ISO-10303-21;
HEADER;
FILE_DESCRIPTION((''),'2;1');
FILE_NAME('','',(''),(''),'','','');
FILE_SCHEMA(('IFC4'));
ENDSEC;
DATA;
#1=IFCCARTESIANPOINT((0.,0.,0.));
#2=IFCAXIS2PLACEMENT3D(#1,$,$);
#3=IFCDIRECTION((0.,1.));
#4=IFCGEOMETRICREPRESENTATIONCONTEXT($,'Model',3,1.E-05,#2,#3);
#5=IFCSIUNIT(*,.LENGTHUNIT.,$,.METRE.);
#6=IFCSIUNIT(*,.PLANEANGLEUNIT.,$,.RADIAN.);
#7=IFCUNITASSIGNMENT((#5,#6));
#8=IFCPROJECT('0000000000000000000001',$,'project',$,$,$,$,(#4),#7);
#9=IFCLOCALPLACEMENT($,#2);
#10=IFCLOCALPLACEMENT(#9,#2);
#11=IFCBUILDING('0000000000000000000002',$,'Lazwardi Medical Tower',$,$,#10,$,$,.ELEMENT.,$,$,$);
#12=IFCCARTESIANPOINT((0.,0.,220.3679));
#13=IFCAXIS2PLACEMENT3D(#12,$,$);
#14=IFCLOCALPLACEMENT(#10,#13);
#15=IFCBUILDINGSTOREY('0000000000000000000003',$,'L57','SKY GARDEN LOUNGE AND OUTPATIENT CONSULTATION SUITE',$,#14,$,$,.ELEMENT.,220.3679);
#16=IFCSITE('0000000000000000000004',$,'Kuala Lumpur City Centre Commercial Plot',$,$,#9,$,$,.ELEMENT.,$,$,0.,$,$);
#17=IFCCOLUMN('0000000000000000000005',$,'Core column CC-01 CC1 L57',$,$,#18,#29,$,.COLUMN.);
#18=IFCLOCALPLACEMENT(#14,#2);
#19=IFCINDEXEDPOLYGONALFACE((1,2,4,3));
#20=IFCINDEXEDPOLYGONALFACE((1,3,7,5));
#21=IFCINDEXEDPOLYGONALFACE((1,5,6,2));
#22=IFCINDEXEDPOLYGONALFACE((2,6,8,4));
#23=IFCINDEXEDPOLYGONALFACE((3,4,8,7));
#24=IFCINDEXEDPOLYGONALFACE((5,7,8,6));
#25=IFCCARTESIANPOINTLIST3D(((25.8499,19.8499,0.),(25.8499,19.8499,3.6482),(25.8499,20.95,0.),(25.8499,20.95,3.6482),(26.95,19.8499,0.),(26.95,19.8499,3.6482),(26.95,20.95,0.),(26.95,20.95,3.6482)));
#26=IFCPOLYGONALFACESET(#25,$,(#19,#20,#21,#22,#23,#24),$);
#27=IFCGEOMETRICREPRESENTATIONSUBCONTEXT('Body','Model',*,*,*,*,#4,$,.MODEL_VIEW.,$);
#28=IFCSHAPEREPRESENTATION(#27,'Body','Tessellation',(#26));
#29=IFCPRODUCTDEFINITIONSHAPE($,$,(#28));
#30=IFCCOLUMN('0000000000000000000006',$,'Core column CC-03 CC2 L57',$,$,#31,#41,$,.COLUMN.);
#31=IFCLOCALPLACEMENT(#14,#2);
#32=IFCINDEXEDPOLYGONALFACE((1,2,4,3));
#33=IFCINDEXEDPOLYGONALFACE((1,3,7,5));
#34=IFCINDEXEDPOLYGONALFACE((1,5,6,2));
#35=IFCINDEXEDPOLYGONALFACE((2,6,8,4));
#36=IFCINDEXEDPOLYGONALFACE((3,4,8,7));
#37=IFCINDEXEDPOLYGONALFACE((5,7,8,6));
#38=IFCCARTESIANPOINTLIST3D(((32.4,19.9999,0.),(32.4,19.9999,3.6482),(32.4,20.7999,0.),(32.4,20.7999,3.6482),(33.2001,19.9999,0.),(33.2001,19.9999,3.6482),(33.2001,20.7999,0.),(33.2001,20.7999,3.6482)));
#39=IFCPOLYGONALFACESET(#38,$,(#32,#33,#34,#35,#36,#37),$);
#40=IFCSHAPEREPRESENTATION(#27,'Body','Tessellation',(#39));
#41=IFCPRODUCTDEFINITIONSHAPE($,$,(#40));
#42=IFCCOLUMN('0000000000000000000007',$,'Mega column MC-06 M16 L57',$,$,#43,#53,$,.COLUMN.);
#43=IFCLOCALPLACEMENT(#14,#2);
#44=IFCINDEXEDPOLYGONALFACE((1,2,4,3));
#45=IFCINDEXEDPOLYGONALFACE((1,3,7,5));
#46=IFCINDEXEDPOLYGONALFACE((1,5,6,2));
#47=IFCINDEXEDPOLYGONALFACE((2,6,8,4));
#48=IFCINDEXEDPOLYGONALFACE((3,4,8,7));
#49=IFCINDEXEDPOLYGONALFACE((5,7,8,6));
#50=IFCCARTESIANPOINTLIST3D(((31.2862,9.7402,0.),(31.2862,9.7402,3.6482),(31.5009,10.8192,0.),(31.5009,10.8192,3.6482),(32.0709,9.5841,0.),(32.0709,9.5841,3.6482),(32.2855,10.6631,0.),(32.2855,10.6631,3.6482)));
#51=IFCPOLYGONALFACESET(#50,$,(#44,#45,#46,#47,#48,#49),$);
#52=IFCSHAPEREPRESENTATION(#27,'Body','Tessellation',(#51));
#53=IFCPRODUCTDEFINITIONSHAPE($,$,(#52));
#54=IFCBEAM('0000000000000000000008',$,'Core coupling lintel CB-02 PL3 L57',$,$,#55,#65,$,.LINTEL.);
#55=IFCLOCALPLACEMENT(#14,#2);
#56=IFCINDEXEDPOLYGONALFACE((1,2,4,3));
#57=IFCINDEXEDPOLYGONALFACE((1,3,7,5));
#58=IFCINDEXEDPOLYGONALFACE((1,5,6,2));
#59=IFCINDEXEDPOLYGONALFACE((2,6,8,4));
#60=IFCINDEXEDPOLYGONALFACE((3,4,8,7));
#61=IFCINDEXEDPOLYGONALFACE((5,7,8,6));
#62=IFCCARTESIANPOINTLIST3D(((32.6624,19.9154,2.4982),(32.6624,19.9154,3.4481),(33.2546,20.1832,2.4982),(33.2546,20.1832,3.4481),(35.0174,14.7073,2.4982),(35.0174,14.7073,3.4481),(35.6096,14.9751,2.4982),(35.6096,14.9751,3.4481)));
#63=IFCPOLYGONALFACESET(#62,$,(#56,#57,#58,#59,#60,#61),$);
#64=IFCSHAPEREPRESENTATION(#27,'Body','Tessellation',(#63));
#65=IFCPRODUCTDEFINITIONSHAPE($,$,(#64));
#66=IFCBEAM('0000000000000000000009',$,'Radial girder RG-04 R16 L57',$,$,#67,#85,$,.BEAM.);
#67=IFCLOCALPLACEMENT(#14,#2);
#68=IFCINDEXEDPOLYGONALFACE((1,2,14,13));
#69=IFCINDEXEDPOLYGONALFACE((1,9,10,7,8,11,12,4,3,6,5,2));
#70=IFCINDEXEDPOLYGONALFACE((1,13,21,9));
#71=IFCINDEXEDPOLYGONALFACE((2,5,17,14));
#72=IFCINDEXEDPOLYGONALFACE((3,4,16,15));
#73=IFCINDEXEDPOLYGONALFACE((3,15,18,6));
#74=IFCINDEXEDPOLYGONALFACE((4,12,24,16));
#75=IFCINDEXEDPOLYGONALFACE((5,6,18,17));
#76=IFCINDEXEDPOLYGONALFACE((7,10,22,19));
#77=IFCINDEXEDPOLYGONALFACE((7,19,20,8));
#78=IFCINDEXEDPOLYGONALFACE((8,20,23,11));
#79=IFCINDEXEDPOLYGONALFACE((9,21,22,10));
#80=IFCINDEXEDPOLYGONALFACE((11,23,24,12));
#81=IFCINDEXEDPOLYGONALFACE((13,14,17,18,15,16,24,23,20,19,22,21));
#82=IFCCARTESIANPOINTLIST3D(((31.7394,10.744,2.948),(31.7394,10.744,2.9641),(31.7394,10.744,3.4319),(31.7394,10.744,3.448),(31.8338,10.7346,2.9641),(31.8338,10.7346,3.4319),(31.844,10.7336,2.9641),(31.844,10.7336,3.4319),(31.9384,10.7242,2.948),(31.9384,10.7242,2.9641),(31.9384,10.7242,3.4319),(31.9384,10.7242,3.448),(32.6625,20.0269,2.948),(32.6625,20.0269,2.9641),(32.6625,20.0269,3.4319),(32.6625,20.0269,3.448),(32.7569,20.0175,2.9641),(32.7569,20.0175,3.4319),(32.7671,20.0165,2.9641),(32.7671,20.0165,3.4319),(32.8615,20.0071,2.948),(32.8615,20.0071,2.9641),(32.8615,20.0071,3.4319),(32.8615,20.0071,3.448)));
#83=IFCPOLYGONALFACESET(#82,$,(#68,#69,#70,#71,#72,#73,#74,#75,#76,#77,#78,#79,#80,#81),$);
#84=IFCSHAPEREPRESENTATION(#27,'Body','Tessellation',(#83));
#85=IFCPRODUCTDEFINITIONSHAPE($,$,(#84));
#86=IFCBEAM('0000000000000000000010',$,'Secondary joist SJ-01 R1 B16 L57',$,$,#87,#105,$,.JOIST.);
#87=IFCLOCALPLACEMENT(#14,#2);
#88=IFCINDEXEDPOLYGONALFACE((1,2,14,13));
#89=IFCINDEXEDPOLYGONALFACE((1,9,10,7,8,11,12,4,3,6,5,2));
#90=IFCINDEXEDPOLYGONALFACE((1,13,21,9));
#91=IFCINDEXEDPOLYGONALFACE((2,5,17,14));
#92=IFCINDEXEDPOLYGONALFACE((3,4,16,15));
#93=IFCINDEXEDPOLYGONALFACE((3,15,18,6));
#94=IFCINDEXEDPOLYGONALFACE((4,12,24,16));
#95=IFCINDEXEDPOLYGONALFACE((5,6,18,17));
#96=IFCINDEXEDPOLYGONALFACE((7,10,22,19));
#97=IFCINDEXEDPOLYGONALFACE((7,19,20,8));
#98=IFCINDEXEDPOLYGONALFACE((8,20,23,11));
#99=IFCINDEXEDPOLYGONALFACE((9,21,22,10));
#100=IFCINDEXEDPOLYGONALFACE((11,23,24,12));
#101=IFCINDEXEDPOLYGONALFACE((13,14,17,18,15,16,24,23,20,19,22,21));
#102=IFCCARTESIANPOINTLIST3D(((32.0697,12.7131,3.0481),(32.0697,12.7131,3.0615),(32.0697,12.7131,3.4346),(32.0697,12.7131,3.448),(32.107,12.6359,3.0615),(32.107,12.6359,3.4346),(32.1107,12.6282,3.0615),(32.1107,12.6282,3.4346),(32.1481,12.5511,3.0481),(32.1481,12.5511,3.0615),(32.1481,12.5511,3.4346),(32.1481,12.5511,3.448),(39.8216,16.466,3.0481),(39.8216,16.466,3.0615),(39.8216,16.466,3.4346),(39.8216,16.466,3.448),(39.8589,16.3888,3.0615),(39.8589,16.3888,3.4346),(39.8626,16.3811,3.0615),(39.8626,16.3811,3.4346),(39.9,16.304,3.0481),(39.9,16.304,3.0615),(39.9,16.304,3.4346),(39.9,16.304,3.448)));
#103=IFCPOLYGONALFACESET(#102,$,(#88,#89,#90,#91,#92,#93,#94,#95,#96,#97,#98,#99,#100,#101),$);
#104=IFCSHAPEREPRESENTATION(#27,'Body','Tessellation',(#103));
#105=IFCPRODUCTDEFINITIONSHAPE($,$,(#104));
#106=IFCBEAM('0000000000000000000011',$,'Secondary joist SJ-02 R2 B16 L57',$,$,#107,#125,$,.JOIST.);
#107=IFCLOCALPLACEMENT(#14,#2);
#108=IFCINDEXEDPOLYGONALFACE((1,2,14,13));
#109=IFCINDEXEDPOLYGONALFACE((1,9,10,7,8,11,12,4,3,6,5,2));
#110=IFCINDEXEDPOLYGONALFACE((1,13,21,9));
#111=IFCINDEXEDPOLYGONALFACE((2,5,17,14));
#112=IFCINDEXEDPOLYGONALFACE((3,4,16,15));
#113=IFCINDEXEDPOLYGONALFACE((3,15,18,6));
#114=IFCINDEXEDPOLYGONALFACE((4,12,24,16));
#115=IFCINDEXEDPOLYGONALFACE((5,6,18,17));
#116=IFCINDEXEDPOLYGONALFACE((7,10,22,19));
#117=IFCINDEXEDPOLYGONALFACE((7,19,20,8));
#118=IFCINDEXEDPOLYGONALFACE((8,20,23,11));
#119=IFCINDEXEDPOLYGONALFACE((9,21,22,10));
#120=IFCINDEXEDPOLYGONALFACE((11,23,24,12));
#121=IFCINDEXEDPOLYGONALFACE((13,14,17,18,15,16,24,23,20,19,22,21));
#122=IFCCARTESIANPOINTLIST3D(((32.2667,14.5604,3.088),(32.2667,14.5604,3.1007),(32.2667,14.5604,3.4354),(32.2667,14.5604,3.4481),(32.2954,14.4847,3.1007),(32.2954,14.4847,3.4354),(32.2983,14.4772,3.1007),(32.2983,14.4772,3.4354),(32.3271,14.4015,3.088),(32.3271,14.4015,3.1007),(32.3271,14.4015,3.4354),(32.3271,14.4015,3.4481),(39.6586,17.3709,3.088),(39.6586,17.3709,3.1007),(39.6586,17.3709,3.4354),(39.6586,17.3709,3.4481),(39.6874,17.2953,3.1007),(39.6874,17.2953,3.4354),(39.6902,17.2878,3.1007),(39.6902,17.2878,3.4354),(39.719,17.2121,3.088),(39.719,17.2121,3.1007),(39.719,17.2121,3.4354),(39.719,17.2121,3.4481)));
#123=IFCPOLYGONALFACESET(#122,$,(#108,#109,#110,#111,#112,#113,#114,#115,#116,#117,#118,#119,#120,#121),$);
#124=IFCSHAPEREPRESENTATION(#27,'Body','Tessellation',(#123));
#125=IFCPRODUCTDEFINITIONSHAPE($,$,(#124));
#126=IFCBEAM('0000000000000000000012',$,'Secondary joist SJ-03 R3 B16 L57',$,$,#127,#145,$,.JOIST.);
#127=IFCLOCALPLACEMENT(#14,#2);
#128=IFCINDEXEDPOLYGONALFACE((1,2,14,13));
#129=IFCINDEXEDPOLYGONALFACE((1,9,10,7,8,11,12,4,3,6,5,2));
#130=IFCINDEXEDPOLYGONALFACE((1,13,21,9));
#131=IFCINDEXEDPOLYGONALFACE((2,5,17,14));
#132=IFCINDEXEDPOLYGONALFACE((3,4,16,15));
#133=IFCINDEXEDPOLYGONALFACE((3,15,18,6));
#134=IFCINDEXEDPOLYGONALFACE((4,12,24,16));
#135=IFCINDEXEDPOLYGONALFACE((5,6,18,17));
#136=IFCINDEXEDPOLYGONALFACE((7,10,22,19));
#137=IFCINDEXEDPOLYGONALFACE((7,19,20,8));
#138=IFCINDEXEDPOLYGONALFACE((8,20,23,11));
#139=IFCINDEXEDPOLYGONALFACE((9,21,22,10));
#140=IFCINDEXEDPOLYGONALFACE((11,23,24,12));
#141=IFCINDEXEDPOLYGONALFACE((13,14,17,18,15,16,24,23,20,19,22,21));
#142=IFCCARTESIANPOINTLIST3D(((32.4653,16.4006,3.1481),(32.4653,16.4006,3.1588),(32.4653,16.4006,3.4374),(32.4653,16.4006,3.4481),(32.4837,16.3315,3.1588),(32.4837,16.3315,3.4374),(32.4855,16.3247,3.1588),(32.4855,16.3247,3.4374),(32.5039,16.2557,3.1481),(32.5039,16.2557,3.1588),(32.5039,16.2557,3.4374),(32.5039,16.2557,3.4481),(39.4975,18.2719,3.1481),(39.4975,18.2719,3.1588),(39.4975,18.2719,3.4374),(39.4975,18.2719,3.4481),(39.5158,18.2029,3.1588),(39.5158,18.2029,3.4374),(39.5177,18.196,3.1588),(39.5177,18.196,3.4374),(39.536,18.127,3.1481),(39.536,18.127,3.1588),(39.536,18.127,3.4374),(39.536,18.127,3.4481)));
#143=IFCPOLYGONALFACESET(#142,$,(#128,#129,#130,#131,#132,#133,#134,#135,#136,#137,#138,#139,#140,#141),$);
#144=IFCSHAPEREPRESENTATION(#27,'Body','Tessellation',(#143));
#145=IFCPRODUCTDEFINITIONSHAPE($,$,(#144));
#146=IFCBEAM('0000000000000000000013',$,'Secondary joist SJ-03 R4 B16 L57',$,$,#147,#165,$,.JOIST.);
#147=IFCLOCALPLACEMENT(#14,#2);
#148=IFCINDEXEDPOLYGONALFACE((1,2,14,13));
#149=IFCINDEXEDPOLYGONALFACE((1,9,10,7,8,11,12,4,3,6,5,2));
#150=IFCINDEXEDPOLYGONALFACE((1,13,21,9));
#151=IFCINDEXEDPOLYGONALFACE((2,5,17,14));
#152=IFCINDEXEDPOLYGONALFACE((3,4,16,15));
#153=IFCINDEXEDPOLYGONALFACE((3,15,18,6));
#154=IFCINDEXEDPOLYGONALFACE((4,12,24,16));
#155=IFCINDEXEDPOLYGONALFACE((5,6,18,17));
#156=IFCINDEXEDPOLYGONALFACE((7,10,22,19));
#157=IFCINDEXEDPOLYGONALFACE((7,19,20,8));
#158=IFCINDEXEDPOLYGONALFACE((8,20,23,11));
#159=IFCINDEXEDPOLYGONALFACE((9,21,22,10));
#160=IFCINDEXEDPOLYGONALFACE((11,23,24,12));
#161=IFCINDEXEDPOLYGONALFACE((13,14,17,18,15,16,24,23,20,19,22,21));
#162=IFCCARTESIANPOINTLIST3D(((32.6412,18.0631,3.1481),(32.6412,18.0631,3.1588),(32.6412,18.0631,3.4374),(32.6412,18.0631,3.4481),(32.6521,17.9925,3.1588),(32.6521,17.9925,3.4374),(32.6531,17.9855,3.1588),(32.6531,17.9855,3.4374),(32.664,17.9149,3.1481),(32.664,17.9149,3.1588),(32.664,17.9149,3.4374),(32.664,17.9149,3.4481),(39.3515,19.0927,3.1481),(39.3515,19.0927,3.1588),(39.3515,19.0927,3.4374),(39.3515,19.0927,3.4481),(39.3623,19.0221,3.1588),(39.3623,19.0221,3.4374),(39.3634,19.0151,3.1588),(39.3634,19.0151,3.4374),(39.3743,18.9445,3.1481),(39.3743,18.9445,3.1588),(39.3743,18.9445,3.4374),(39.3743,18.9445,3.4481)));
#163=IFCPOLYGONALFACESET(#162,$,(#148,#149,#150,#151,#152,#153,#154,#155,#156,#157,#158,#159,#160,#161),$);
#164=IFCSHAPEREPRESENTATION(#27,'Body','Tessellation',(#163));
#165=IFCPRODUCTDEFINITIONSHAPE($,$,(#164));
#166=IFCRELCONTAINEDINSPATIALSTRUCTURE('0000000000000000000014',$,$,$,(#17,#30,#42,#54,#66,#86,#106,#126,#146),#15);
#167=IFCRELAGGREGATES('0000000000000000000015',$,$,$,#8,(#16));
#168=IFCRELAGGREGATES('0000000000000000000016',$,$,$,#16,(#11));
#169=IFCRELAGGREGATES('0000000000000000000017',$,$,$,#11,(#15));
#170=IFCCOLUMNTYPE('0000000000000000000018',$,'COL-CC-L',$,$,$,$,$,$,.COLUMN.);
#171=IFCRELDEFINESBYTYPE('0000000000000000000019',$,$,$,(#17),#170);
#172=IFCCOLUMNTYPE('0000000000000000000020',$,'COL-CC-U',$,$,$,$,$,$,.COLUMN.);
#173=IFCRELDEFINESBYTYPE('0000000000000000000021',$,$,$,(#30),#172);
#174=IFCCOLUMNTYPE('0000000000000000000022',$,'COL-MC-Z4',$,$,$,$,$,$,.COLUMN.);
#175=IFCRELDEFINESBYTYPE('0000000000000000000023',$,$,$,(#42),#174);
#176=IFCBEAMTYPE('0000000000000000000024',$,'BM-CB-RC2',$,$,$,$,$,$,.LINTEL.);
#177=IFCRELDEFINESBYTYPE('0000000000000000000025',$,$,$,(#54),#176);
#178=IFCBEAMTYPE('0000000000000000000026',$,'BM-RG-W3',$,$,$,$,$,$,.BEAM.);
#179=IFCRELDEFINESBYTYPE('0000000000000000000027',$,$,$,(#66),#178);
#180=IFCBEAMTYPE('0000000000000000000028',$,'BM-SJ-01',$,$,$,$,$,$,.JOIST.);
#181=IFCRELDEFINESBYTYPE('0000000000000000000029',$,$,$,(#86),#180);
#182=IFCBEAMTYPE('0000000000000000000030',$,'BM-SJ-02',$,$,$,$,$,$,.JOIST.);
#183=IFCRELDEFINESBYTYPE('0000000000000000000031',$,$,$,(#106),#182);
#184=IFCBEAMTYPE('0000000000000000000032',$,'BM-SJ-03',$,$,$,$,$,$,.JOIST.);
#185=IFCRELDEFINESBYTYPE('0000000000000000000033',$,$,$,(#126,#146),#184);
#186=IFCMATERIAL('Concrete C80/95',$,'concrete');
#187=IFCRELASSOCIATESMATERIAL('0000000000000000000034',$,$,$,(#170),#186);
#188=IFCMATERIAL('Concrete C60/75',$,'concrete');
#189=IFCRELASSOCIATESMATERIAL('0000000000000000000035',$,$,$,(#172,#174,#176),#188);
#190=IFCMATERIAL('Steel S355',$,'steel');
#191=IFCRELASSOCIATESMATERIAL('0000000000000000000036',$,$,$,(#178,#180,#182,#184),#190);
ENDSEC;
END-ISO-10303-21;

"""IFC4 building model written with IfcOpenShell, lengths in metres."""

from ifc_helpers import new_model, si_unit, direction, frame, origin, origin_2d, place, context, subcontext, project, spatial, rectangle, i_section, extrude, material, material_profile, profile_set, type_object, element, save


model = new_model("IFC4")

# Units and contexts
model_context = context("Model", 3, precision=1e-05, world=origin(), true_north=direction((0.0, 1.0)))
body_context = subcontext(model_context, "Body", "Model", "MODEL_VIEW")
ifc_project = project(units=[si_unit("LENGTHUNIT", "METRE"), si_unit("PLANEANGLEUNIT", "RADIAN")], contexts=[model_context])

# Site, building, storey
site_placement = place(None, origin())
site = spatial("IfcSite", under=ifc_project, at=site_placement, Name="Kuala Lumpur City Centre Commercial Plot", CompositionType="ELEMENT", RefElevation=0.0)
building_placement = place(site_placement, origin())
building = spatial("IfcBuilding", under=site, at=building_placement, Name="Lazwardi Medical Tower", CompositionType="ELEMENT")
storey_placement = place(building_placement, frame((0.0, 0.0, 220.3679)))
storey = spatial("IfcBuildingStorey", under=building, at=storey_placement, Name="L57", Description="SKY GARDEN LOUNGE AND OUTPATIENT CONSULTATION SUITE", CompositionType="ELEMENT", Elevation=220.3679)

# Columns
ifc_material_1 = material(Name="Concrete C80/95", Category="concrete")
ifc_material_profile_1 = material_profile(ifc_material_1, rectangle(XDim=1.1001, YDim=1.1001, at=origin_2d()), Name="RC 1100x1100")
ifc_profile_set_1 = profile_set([ifc_material_profile_1], Name="Concrete C80/95")
column_type_1 = type_object("IfcColumnType", Name="COL-CC-L", PredefinedType="COLUMN", material=ifc_profile_set_1)
column_1_placement = place(storey_placement, frame((26.3999, 20.3999, 0.0), z_axis=(0.0, 0.0, 1.0), x_axis=(1.0, 0.0, 0.0)))
element("IfcColumn", 1, at=column_1_placement, inside=storey, type_object=column_type_1, Name="Core column CC-01 CC1 L57", PredefinedType="COLUMN", context=body_context, shape_type="SweptSolid", body=[
    extrude(rectangle(XDim=1.1001, YDim=1.1001, at=origin_2d()), origin(), (0.0, 0.0, 1.0), 3.6482),
])
ifc_material_2 = material(Name="Concrete C60/75", Category="concrete")
ifc_material_profile_2 = material_profile(ifc_material_2, rectangle(XDim=0.8, YDim=0.8, at=origin_2d()), Name="RC 800x800")
ifc_profile_set_2 = profile_set([ifc_material_profile_2], Name="Concrete C60/75")
column_type_2 = type_object("IfcColumnType", Name="COL-CC-U", PredefinedType="COLUMN", material=ifc_profile_set_2)
column_2_placement = place(storey_placement, frame((32.8, 20.3999, 0.0), z_axis=(0.0, 0.0, 1.0), x_axis=(1.0, 0.0, 0.0)))
element("IfcColumn", 2, at=column_2_placement, inside=storey, type_object=column_type_2, Name="Core column CC-03 CC2 L57", PredefinedType="COLUMN", context=body_context, shape_type="SweptSolid", body=[
    extrude(rectangle(XDim=0.8, YDim=0.8, at=origin_2d()), origin(), (0.0, 0.0, 1.0), 3.6482),
])
ifc_material_profile_3 = material_profile(ifc_material_2, rectangle(XDim=1.1001, YDim=0.8, at=origin_2d()), Name="CFT-RECT 1100x800")
ifc_profile_set_3 = profile_set([ifc_material_profile_3], Name="Concrete C60/75")
column_type_3 = type_object("IfcColumnType", Name="COL-MC-Z4", PredefinedType="COLUMN", material=ifc_profile_set_3)
column_3_placement = place(storey_placement, frame((31.7859, 10.2017, 0.0), z_axis=(0.0, 0.0, 1.0), x_axis=(-0.19509, -0.980785, 0.0)))
element("IfcColumn", 3, at=column_3_placement, inside=storey, type_object=column_type_3, Name="Mega column MC-06 M16 L57", PredefinedType="COLUMN", context=body_context, shape_type="SweptSolid", body=[
    extrude(rectangle(XDim=1.1001, YDim=0.8, at=origin_2d()), origin(), (0.0, 0.0, 1.0), 3.6482),
])

# Beams
ifc_material_profile_4 = material_profile(ifc_material_2, rectangle(XDim=0.6499, YDim=0.95, at=origin_2d()), Name="RC 650x950")
ifc_profile_set_4 = profile_set([ifc_material_profile_4], Name="Concrete C60/75")
beam_type_1 = type_object("IfcBeamType", Name="BM-CB-RC2", PredefinedType="LINTEL", material=ifc_profile_set_4)
beam_1_placement = place(storey_placement, frame((32.9585, 20.0493, 2.9731), z_axis=(0.412019, -0.911175, 0.0), x_axis=(0.911175, 0.412019, 0.0)))
element("IfcBeam", 4, at=beam_1_placement, inside=storey, type_object=beam_type_1, Name="Core coupling lintel CB-02 PL3 L57", PredefinedType="LINTEL", context=body_context, shape_type="SweptSolid", body=[
    extrude(rectangle(XDim=0.6499, YDim=0.95, at=origin_2d()), origin(), (0.0, 0.0, 1.0), 5.7158),
])
ifc_material_3 = material(Name="Steel S355", Category="steel")
ifc_material_profile_5 = material_profile(ifc_material_3, i_section(OverallWidth=0.2, OverallDepth=0.5, WebThickness=0.0103, FlangeThickness=0.0161, at=origin_2d()), Name="IPE 500")
ifc_profile_set_5 = profile_set([ifc_material_profile_5], Name="Steel S355")
beam_type_2 = type_object("IfcBeamType", Name="BM-RG-W3", PredefinedType="BEAM", material=ifc_profile_set_5)
beam_2_placement = place(storey_placement, frame((31.8389, 10.7341, 3.198), z_axis=(0.098954, 0.995092, 0.0), x_axis=(-0.995092, 0.098954, 0.0)))
element("IfcBeam", 5, at=beam_2_placement, inside=storey, type_object=beam_type_2, Name="Radial girder RG-04 R16 L57", PredefinedType="BEAM", context=body_context, shape_type="SweptSolid", body=[
    extrude(i_section(OverallWidth=0.2, OverallDepth=0.5, WebThickness=0.0103, FlangeThickness=0.0161, at=origin_2d()), origin(), (0.0, 0.0, 1.0), 9.3286),
])
ifc_material_profile_6 = material_profile(ifc_material_3, i_section(OverallWidth=0.1799, OverallDepth=0.3999, WebThickness=0.0085, FlangeThickness=0.0134, at=origin_2d()), Name="IPE 400")
ifc_profile_set_6 = profile_set([ifc_material_profile_6], Name="Steel S355")
beam_type_3 = type_object("IfcBeamType", Name="BM-SJ-01", PredefinedType="JOIST", material=ifc_profile_set_6)
beam_3_placement = place(storey_placement, frame((32.1089, 12.6321, 3.248), z_axis=(0.900069, 0.435748, 0.0), x_axis=(-0.435748, 0.900069, 0.0)))
element("IfcBeam", 6, at=beam_3_placement, inside=storey, type_object=beam_type_3, Name="Secondary joist SJ-01 R1 B16 L57", PredefinedType="JOIST", context=body_context, shape_type="SweptSolid", body=[
    extrude(i_section(OverallWidth=0.1799, OverallDepth=0.3999, WebThickness=0.0085, FlangeThickness=0.0134, at=origin_2d()), origin(), (0.0, 0.0, 1.0), 8.6125),
])
ifc_material_profile_7 = material_profile(ifc_material_3, i_section(OverallWidth=0.1699, OverallDepth=0.3601, WebThickness=0.0081, FlangeThickness=0.0127, at=origin_2d()), Name="IPE 360")
ifc_profile_set_7 = profile_set([ifc_material_profile_7], Name="Steel S355")
beam_type_4 = type_object("IfcBeamType", Name="BM-SJ-02", PredefinedType="JOIST", material=ifc_profile_set_7)
beam_4_placement = place(storey_placement, frame((32.2969, 14.481, 3.2681), z_axis=(0.934714, 0.3554, 0.0), x_axis=(-0.3554, 0.934714, 0.0)))
element("IfcBeam", 7, at=beam_4_placement, inside=storey, type_object=beam_type_4, Name="Secondary joist SJ-02 R2 B16 L57", PredefinedType="JOIST", context=body_context, shape_type="SweptSolid", body=[
    extrude(i_section(OverallWidth=0.1699, OverallDepth=0.3601, WebThickness=0.0081, FlangeThickness=0.0127, at=origin_2d()), origin(), (0.0, 0.0, 1.0), 7.9082),
])
ifc_material_profile_8 = material_profile(ifc_material_3, i_section(OverallWidth=0.1499, OverallDepth=0.3, WebThickness=0.0071, FlangeThickness=0.0107, at=origin_2d()), Name="IPE 300")
ifc_profile_set_8 = profile_set([ifc_material_profile_8], Name="Steel S355")
beam_type_5 = type_object("IfcBeamType", Name="BM-SJ-03", PredefinedType="JOIST", material=ifc_profile_set_8)
beam_5_placement = place(storey_placement, frame((32.4846, 16.3281, 3.2981), z_axis=(0.966369, 0.257159, 0.0), x_axis=(-0.257159, 0.966369, 0.0)))
element("IfcBeam", 8, at=beam_5_placement, inside=storey, type_object=beam_type_5, Name="Secondary joist SJ-03 R3 B16 L57", PredefinedType="JOIST", context=body_context, shape_type="SweptSolid", body=[
    extrude(i_section(OverallWidth=0.1499, OverallDepth=0.3, WebThickness=0.0071, FlangeThickness=0.0107, at=origin_2d()), origin(), (0.0, 0.0, 1.0), 7.2769),
])
beam_6_placement = place(storey_placement, frame((32.6526, 17.989, 3.2981), z_axis=(0.988434, 0.151655, 0.0), x_axis=(-0.151655, 0.988434, 0.0)))
element("IfcBeam", 9, at=beam_6_placement, inside=storey, type_object=beam_type_5, Name="Secondary joist SJ-03 R4 B16 L57", PredefinedType="JOIST", context=body_context, shape_type="SweptSolid", body=[
    extrude(i_section(OverallWidth=0.1499, OverallDepth=0.3, WebThickness=0.0071, FlangeThickness=0.0107, at=origin_2d()), origin(), (0.0, 0.0, 1.0), 6.7888),
])

save(model, "model.ifc")
